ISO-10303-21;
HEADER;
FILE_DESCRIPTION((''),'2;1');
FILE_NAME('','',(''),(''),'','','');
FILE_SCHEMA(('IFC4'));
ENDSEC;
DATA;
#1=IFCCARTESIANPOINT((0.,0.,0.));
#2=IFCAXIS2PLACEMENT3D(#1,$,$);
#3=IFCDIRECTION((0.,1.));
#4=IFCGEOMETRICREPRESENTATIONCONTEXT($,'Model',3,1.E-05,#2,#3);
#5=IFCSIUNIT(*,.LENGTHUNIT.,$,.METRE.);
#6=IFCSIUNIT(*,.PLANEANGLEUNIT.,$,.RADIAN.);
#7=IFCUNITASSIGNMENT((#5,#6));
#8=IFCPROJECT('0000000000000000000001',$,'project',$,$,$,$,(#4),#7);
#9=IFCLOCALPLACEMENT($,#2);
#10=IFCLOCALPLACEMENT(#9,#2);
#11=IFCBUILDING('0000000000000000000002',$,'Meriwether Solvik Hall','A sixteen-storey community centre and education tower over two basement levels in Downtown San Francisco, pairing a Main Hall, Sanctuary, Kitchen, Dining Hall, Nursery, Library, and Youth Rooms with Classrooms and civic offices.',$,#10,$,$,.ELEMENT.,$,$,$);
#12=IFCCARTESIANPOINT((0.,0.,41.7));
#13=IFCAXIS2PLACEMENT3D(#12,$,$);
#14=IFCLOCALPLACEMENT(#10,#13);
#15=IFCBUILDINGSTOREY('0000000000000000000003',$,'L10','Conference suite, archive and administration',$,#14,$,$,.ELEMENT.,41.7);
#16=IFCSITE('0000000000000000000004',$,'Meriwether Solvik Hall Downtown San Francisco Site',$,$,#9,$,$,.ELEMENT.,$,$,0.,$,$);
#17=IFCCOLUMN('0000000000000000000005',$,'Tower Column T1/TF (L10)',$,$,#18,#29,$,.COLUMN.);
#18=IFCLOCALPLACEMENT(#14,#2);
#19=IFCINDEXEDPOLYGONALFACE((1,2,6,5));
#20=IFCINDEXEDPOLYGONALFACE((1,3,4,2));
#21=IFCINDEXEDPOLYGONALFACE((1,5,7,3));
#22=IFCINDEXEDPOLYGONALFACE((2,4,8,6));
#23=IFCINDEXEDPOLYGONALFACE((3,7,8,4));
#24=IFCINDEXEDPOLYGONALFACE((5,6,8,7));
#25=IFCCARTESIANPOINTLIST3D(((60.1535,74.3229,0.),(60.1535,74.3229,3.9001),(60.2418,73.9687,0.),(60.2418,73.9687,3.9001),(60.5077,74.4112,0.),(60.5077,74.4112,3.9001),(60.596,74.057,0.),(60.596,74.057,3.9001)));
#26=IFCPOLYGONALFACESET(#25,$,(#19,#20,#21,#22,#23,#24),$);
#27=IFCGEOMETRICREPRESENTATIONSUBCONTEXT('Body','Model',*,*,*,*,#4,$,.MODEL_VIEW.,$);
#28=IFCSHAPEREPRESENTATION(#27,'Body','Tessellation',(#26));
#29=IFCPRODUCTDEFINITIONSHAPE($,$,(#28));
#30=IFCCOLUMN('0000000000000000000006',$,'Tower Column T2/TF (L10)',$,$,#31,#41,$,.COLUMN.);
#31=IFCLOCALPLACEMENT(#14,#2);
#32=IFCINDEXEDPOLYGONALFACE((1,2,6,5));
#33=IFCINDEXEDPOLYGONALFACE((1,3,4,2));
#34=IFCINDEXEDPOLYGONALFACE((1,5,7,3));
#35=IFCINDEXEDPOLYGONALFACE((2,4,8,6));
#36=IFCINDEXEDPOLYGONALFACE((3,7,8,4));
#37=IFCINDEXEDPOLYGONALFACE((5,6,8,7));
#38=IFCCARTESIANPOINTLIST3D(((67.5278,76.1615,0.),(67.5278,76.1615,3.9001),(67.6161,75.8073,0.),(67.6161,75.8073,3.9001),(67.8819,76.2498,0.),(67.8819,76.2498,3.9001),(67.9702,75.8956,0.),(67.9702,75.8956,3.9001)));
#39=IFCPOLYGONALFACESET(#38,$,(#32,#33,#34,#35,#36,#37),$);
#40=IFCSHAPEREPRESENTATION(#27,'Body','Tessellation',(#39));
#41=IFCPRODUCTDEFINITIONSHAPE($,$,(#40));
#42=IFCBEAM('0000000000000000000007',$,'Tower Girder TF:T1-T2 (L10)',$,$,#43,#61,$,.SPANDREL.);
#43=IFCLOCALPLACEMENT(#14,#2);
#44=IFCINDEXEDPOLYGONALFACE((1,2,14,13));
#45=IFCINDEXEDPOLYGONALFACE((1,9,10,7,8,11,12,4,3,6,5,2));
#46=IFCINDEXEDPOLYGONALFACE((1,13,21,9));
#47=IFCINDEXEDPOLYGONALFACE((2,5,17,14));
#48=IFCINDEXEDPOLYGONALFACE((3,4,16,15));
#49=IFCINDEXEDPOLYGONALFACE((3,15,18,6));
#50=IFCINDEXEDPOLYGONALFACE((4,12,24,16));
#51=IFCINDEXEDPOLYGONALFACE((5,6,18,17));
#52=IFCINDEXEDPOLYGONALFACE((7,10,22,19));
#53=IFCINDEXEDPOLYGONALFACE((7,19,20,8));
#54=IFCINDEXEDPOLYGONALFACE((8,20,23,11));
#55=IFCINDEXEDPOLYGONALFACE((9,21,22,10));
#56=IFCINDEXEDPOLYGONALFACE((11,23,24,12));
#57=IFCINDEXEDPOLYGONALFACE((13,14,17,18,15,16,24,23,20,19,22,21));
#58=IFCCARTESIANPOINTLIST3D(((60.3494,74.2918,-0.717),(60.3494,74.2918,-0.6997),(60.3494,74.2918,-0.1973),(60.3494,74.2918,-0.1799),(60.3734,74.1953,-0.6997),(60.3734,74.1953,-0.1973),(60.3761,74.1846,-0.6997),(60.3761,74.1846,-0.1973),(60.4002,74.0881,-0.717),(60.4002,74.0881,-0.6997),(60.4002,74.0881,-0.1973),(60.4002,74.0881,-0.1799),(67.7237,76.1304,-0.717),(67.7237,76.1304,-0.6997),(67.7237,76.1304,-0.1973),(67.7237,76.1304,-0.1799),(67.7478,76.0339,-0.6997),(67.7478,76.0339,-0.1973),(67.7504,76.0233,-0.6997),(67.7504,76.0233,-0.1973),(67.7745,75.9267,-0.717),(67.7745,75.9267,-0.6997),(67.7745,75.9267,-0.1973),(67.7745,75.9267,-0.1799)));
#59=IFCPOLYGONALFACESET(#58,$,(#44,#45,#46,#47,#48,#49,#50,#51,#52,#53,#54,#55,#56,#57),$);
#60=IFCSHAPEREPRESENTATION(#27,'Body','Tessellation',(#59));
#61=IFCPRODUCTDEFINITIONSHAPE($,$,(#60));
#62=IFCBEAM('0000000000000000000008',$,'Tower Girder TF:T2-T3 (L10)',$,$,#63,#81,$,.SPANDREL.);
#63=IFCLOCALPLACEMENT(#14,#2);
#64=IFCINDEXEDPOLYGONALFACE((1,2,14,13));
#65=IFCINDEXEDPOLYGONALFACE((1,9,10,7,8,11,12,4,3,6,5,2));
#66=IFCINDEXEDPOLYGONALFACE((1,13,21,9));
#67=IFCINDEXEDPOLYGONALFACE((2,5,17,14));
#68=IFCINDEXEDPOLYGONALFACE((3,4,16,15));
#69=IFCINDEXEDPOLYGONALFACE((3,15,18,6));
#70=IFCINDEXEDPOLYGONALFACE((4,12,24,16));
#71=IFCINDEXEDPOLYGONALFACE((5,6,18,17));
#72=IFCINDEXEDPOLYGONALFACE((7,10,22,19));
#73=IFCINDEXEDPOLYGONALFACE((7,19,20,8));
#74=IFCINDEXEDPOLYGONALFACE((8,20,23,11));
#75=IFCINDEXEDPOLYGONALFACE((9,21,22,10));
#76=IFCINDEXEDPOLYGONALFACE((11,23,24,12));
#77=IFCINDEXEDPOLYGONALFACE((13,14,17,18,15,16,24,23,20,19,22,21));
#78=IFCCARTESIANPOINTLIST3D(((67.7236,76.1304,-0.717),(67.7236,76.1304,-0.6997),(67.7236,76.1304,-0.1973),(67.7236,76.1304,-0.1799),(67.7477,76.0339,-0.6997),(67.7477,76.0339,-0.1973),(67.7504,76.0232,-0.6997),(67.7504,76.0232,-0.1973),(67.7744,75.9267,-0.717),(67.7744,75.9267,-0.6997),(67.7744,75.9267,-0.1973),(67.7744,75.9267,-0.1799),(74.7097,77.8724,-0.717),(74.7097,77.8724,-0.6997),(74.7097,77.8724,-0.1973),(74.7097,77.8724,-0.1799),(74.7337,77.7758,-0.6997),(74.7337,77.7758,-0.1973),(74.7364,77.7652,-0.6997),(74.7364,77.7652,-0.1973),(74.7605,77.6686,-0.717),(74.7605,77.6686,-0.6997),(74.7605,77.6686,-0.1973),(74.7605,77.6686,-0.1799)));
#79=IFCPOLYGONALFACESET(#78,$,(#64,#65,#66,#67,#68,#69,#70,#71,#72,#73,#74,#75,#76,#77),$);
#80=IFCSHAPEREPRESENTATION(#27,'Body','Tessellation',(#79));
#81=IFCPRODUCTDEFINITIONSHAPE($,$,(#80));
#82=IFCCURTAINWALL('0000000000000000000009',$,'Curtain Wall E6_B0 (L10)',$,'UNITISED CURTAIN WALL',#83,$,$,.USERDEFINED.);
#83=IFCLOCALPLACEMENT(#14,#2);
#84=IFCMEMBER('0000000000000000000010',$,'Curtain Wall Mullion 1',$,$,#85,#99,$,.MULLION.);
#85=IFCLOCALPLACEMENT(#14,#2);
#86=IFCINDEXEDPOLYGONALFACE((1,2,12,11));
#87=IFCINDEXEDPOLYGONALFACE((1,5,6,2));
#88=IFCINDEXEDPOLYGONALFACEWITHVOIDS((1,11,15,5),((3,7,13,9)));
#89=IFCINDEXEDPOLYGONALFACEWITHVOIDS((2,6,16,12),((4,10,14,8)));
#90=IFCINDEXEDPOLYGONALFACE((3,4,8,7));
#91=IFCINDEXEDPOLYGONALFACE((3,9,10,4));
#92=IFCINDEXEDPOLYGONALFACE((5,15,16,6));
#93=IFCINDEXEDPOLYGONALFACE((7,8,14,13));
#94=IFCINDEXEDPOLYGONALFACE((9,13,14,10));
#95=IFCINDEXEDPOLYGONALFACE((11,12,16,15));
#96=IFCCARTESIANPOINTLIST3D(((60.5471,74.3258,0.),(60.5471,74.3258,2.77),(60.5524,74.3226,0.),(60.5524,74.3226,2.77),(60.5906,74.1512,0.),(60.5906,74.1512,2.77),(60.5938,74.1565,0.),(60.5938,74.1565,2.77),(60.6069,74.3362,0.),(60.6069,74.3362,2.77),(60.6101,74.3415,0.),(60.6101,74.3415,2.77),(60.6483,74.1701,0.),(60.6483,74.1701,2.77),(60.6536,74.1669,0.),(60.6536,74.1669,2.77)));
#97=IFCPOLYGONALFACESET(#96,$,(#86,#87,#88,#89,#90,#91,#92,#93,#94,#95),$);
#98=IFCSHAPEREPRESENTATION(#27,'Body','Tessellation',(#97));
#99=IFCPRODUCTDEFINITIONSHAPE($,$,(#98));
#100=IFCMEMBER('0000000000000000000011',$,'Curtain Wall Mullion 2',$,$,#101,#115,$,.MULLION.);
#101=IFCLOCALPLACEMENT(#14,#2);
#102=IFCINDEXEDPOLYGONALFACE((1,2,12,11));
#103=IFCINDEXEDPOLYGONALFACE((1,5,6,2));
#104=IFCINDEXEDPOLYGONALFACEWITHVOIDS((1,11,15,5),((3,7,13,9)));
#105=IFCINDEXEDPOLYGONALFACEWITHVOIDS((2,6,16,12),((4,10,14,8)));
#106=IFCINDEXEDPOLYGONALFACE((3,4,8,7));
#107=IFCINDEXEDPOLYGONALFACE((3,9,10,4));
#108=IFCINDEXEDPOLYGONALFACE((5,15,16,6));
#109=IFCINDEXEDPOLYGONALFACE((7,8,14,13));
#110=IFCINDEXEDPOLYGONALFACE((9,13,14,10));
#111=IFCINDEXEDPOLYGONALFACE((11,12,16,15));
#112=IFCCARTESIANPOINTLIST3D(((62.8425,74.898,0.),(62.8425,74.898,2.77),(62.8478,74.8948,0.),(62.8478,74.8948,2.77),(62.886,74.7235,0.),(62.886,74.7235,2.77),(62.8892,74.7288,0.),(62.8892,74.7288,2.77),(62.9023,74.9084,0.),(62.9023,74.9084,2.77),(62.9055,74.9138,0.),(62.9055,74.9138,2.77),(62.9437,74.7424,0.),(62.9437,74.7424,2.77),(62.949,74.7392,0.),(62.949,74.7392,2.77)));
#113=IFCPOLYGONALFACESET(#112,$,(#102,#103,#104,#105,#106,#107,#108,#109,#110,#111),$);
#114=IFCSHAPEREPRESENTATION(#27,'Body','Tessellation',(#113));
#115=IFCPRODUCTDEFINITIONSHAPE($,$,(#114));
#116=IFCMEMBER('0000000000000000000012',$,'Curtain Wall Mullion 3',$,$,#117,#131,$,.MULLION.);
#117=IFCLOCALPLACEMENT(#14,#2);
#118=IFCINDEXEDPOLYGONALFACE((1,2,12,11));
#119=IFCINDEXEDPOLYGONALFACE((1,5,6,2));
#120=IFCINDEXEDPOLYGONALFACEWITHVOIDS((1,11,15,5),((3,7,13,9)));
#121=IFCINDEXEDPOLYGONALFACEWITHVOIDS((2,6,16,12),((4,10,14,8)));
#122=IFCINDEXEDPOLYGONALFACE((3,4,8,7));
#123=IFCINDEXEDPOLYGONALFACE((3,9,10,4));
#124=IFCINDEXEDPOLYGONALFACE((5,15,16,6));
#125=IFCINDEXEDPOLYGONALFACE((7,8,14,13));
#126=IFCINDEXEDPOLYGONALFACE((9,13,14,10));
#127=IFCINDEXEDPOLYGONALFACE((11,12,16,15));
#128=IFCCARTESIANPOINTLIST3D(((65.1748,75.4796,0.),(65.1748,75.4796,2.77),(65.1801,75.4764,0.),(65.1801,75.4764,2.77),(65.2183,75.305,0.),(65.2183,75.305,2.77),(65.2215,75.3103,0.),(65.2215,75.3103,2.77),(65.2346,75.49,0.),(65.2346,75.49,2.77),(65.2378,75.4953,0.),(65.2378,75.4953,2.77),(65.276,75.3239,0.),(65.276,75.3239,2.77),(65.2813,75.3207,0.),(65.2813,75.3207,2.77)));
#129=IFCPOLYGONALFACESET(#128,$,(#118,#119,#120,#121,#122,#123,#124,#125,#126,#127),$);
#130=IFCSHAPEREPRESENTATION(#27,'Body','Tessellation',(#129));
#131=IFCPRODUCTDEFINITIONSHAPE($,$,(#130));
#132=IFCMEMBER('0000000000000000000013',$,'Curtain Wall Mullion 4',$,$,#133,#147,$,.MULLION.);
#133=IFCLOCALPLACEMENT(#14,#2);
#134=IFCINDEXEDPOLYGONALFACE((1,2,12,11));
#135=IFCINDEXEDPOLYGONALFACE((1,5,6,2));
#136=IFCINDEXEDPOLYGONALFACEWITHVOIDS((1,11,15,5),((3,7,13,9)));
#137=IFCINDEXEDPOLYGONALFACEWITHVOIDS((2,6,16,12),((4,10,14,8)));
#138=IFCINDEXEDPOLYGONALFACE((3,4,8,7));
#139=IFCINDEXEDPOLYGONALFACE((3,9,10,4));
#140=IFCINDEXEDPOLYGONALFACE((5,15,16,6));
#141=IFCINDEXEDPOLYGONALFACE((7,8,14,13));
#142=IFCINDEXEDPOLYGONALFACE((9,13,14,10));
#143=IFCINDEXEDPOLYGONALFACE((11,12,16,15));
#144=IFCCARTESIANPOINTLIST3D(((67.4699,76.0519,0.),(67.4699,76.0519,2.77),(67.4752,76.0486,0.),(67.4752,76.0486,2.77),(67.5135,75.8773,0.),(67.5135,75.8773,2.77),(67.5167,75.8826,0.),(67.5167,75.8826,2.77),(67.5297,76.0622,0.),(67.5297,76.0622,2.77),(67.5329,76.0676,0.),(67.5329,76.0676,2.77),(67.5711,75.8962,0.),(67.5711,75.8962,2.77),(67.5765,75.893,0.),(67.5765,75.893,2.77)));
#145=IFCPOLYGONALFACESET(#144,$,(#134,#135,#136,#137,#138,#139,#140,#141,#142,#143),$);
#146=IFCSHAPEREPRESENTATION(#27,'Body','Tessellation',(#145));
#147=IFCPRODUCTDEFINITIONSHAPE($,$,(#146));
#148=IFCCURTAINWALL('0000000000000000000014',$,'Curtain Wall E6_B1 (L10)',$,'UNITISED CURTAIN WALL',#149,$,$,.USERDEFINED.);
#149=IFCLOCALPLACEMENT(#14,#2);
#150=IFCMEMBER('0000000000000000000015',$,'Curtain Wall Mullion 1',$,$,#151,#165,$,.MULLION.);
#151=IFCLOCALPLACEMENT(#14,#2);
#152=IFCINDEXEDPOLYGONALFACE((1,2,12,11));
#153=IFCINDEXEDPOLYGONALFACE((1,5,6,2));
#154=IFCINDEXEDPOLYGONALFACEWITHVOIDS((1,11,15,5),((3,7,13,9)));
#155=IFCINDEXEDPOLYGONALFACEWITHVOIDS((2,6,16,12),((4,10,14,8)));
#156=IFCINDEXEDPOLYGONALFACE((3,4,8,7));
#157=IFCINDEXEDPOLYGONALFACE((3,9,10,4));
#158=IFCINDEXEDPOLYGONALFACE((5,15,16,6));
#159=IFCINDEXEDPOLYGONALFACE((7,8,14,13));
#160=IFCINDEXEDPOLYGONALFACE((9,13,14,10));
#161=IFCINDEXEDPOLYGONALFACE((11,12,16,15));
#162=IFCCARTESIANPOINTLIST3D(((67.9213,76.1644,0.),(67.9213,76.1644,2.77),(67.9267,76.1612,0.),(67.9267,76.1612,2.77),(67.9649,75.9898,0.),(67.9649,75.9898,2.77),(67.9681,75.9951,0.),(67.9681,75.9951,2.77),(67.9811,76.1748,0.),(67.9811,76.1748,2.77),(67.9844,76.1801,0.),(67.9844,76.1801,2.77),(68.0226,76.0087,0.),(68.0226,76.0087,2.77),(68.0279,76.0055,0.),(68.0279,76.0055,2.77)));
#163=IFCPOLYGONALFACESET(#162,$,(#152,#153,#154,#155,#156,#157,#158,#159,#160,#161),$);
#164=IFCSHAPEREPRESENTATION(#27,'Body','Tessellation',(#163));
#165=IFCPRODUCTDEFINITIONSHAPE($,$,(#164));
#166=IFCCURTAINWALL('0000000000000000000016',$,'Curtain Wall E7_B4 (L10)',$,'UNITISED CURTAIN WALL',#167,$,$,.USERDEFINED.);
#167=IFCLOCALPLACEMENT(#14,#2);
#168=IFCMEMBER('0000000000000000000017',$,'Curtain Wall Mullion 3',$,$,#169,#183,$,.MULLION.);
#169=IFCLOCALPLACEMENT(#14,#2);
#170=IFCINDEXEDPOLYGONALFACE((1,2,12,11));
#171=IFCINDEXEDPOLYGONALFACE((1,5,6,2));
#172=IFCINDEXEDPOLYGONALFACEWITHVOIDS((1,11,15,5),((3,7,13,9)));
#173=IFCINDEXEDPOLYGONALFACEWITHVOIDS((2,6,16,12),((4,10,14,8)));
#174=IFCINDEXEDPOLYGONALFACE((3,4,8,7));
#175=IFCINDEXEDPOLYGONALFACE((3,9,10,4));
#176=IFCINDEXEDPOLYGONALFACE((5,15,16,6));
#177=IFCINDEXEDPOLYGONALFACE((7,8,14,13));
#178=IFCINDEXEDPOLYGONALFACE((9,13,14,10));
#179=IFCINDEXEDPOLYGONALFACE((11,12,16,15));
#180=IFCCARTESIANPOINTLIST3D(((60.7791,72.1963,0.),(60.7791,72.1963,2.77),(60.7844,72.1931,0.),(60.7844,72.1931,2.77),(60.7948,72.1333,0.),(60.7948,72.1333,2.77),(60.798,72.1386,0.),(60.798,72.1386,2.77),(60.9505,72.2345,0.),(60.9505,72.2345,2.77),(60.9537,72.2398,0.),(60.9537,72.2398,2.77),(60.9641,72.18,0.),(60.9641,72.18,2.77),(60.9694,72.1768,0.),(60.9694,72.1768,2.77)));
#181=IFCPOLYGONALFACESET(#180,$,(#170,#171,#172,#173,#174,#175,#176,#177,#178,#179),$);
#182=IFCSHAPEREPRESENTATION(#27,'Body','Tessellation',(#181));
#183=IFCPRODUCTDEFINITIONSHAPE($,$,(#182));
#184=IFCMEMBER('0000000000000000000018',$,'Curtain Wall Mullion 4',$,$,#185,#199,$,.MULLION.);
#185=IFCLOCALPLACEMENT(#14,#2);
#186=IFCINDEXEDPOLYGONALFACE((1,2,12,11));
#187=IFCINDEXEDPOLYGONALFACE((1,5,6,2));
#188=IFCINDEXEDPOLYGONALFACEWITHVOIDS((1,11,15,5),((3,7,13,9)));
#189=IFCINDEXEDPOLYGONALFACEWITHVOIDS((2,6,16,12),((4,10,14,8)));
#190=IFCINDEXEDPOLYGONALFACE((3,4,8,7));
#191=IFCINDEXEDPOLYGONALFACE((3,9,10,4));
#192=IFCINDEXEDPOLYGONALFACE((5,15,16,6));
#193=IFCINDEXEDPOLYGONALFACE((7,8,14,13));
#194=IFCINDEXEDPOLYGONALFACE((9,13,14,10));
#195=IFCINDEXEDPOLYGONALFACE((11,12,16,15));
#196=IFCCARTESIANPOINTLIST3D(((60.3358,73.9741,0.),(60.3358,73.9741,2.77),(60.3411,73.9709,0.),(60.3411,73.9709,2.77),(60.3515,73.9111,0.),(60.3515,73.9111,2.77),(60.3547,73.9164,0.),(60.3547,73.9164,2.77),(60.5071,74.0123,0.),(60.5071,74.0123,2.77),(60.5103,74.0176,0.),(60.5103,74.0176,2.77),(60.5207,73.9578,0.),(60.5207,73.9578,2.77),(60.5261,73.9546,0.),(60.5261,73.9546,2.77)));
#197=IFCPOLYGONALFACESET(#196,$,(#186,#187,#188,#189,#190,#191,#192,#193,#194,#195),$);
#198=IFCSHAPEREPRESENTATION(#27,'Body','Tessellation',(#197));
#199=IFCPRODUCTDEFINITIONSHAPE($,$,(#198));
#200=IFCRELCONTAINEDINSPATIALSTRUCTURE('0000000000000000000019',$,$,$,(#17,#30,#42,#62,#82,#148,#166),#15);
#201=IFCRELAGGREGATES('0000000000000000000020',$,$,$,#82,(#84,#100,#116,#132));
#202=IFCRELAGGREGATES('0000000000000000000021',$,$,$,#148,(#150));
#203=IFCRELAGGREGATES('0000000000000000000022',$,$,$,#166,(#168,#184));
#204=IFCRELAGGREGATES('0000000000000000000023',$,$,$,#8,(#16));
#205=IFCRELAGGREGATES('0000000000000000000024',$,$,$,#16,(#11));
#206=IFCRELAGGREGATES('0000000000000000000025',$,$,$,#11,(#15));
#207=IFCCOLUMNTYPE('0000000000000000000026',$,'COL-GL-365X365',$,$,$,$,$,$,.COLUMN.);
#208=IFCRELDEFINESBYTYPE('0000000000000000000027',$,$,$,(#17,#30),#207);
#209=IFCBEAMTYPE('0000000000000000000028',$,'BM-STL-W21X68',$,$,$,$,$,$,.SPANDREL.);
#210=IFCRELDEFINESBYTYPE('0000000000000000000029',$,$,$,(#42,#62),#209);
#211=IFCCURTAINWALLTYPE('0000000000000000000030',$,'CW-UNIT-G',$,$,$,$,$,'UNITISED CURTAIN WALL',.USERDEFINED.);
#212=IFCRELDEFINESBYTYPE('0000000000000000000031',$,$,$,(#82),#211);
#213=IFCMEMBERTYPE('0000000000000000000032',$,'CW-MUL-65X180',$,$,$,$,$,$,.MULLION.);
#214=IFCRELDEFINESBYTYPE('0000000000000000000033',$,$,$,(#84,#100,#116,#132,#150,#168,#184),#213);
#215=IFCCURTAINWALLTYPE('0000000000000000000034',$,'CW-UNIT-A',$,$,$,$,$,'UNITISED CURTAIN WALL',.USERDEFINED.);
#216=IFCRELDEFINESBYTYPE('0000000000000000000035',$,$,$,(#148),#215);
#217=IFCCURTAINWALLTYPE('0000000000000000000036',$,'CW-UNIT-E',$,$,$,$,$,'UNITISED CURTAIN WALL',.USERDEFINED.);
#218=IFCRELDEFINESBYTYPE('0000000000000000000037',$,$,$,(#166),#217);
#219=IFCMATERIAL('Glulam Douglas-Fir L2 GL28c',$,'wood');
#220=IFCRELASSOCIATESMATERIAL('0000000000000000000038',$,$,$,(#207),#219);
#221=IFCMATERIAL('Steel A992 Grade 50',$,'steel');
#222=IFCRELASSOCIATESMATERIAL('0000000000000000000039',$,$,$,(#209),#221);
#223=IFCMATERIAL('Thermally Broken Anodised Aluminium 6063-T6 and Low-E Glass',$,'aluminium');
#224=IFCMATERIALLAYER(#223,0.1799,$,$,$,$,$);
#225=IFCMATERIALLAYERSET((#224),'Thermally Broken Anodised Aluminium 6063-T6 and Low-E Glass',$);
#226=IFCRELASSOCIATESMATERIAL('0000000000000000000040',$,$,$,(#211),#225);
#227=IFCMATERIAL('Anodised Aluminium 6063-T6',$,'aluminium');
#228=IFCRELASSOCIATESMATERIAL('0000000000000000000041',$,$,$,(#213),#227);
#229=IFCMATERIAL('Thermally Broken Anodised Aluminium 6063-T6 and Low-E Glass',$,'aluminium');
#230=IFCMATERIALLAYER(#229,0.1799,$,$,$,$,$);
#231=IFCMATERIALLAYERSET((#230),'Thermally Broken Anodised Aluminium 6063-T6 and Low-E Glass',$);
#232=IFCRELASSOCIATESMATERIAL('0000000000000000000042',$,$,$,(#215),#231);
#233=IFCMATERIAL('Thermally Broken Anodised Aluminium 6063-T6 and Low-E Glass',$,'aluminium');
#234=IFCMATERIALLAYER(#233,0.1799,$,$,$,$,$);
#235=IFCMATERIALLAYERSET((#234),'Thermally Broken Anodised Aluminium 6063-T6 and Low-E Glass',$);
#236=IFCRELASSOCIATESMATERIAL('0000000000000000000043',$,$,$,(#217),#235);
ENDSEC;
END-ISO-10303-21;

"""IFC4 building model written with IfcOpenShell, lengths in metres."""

from ifc_helpers import new_model, si_unit, direction, frame, origin, origin_2d, place, context, subcontext, project, spatial, rectangle, hollow_rectangle, i_section, extrude, material, layer, layer_set, material_profile, profile_set, type_object, element, aggregate, save


model = new_model("IFC4")

# Units and contexts
model_context = context("Model", 3, precision=1e-05, world=origin(), true_north=direction((0.0, 1.0)))
body_context = subcontext(model_context, "Body", "Model", "MODEL_VIEW")
ifc_project = project(units=[si_unit("LENGTHUNIT", "METRE"), si_unit("PLANEANGLEUNIT", "RADIAN")], contexts=[model_context])

# Site, building, storey
site_placement = place(None, origin())
site = spatial("IfcSite", under=ifc_project, at=site_placement, Name="Meriwether Solvik Hall Downtown San Francisco Site", CompositionType="ELEMENT", RefElevation=0.0)
building_placement = place(site_placement, origin())
building = spatial("IfcBuilding", under=site, at=building_placement, Name="Meriwether Solvik Hall", Description="A sixteen-storey community centre and education tower over two basement levels in Downtown San Francisco, pairing a Main Hall, Sanctuary, Kitchen, Dining Hall, Nursery, Library, and Youth Rooms with Classrooms and civic offices.", CompositionType="ELEMENT")
storey_placement = place(building_placement, frame((0.0, 0.0, 41.7)))
storey = spatial("IfcBuildingStorey", under=building, at=storey_placement, Name="L10", Description="Conference suite, archive and administration", CompositionType="ELEMENT", Elevation=41.7)

# Columns
ifc_material_1 = material(Name="Glulam Douglas-Fir L2 GL28c", Category="wood")
ifc_material_profile_1 = material_profile(ifc_material_1, rectangle(XDim=0.365, YDim=0.365, at=origin_2d()), Name="GLC-365X365")
ifc_profile_set_1 = profile_set([ifc_material_profile_1], Name="Glulam Douglas-Fir L2 GL28c")
column_type = type_object("IfcColumnType", Name="COL-GL-365X365", PredefinedType="COLUMN", material=ifc_profile_set_1)
for number, where, z_axis, x_axis, name in (
    (1, (60.3748, 74.1899, 0.0), (0.0, 0.0, 1.0), (0.970296, 0.241922, 0.0), "Tower Column T1/TF (L10)"),
    (2, (67.749, 76.0286, 0.0), (0.0, 0.0, 1.0), (0.970296, 0.241922, 0.0), "Tower Column T2/TF (L10)"),
):
    element("IfcColumn", number, at=place(storey_placement, frame(where, z_axis=z_axis, x_axis=x_axis)), inside=storey, type_object=column_type, Name=name, PredefinedType="COLUMN", context=body_context, shape_type="SweptSolid", body=[
        extrude(rectangle(XDim=0.365, YDim=0.365, at=origin_2d()), origin(), (0.0, 0.0, 1.0), 3.9001),
    ])

# Beams
ifc_material_2 = material(Name="Steel A992 Grade 50", Category="steel")
ifc_material_profile_2 = material_profile(ifc_material_2, i_section(OverallWidth=0.21, OverallDepth=0.5371, WebThickness=0.011, FlangeThickness=0.0173, at=origin_2d()), Name="W21X68")
ifc_profile_set_2 = profile_set([ifc_material_profile_2], Name="Steel A992 Grade 50")
beam_type = type_object("IfcBeamType", Name="BM-STL-W21X68", PredefinedType="SPANDREL", material=ifc_profile_set_2)
beam_1_placement = place(storey_placement, frame((60.3748, 74.1899, -0.4485), z_axis=(0.970295, 0.241923, 0.0), x_axis=(-0.241923, 0.970295, 0.0)))
element("IfcBeam", 3, at=beam_1_placement, inside=storey, type_object=beam_type, Name="Tower Girder TF:T1-T2 (L10)", PredefinedType="SPANDREL", context=body_context, shape_type="SweptSolid", body=[
    extrude(i_section(OverallWidth=0.21, OverallDepth=0.5371, WebThickness=0.011, FlangeThickness=0.0173, at=origin_2d()), origin(), (0.0, 0.0, 1.0), 7.6001),
])
beam_2_placement = place(storey_placement, frame((67.749, 76.0286, -0.4485), z_axis=(0.970292, 0.241937, 0.0), x_axis=(-0.241937, 0.970292, 0.0)))
element("IfcBeam", 4, at=beam_2_placement, inside=storey, type_object=beam_type, Name="Tower Girder TF:T2-T3 (L10)", PredefinedType="SPANDREL", context=body_context, shape_type="SweptSolid", body=[
    extrude(i_section(OverallWidth=0.21, OverallDepth=0.5371, WebThickness=0.011, FlangeThickness=0.0173, at=origin_2d()), origin(), (0.0, 0.0, 1.0), 7.2),
])

# Curtain wall, members
ifc_material_3 = material(Name="Thermally Broken Anodised Aluminium 6063-T6 and Low-E Glass", Category="aluminium")
ifc_layer_1 = layer(ifc_material_3, 0.1799)
ifc_layer_set_1 = layer_set([ifc_layer_1], Name="Thermally Broken Anodised Aluminium 6063-T6 and Low-E Glass")
curtain_wall_type_1 = type_object("IfcCurtainWallType", Name="CW-UNIT-G", ElementType="UNITISED CURTAIN WALL", PredefinedType="USERDEFINED", material=ifc_layer_set_1)
curtain_wall_1_placement = place(storey_placement, origin())
curtain_wall_1 = element("IfcCurtainWall", 5, at=curtain_wall_1_placement, inside=storey, type_object=curtain_wall_type_1, Name="Curtain Wall E6_B0 (L10)", ObjectType="UNITISED CURTAIN WALL", PredefinedType="USERDEFINED")
ifc_material_4 = material(Name="Anodised Aluminium 6063-T6", Category="aluminium")
ifc_material_profile_3 = material_profile(ifc_material_4, hollow_rectangle(XDim=0.0649, YDim=0.1799, WallThickness=0.0044, at=origin_2d()), Name="CWM-65X180")
ifc_profile_set_3 = profile_set([ifc_material_profile_3], Name="Anodised Aluminium 6063-T6")
member_type_1 = type_object("IfcMemberType", Name="CW-MUL-65X180", PredefinedType="MULLION", material=ifc_profile_set_3)
member_1_placement = place(storey_placement, frame((60.6003, 74.2463, 0.0), z_axis=(0.0, 0.0, 1.0), x_axis=(0.970296, 0.241922, 0.0)))
member_1 = element("IfcMember", 6, at=member_1_placement, type_object=member_type_1, Name="Curtain Wall Mullion 1", PredefinedType="MULLION", context=body_context, shape_type="SweptSolid", body=[
    extrude(hollow_rectangle(XDim=0.0649, YDim=0.1799, WallThickness=0.0044, at=origin_2d()), origin(), (0.0, 0.0, 1.0), 2.77),
])
member_2_placement = place(storey_placement, frame((62.8958, 74.8186, 0.0), z_axis=(0.0, 0.0, 1.0), x_axis=(0.970296, 0.241922, 0.0)))
member_2 = element("IfcMember", 7, at=member_2_placement, type_object=member_type_1, Name="Curtain Wall Mullion 2", PredefinedType="MULLION", context=body_context, shape_type="SweptSolid", body=[
    extrude(hollow_rectangle(XDim=0.0649, YDim=0.1799, WallThickness=0.0044, at=origin_2d()), origin(), (0.0, 0.0, 1.0), 2.77),
])
member_3_placement = place(storey_placement, frame((65.228, 75.4001, 0.0), z_axis=(0.0, 0.0, 1.0), x_axis=(0.970296, 0.241922, 0.0)))
member_3 = element("IfcMember", 8, at=member_3_placement, type_object=member_type_1, Name="Curtain Wall Mullion 3", PredefinedType="MULLION", context=body_context, shape_type="SweptSolid", body=[
    extrude(hollow_rectangle(XDim=0.0649, YDim=0.1799, WallThickness=0.0044, at=origin_2d()), origin(), (0.0, 0.0, 1.0), 2.77),
])
member_4_placement = place(storey_placement, frame((67.5232, 75.9724, 0.0), z_axis=(0.0, 0.0, 1.0), x_axis=(0.970296, 0.241922, 0.0)))
member_4 = element("IfcMember", 9, at=member_4_placement, type_object=member_type_1, Name="Curtain Wall Mullion 4", PredefinedType="MULLION", context=body_context, shape_type="SweptSolid", body=[
    extrude(hollow_rectangle(XDim=0.0649, YDim=0.1799, WallThickness=0.0044, at=origin_2d()), origin(), (0.0, 0.0, 1.0), 2.77),
])

# Curtain wall, member
ifc_material_5 = material(Name="Thermally Broken Anodised Aluminium 6063-T6 and Low-E Glass", Category="aluminium")
ifc_layer_2 = layer(ifc_material_5, 0.1799)
ifc_layer_set_2 = layer_set([ifc_layer_2], Name="Thermally Broken Anodised Aluminium 6063-T6 and Low-E Glass")
curtain_wall_type_2 = type_object("IfcCurtainWallType", Name="CW-UNIT-A", ElementType="UNITISED CURTAIN WALL", PredefinedType="USERDEFINED", material=ifc_layer_set_2)
curtain_wall_2_placement = place(storey_placement, origin())
curtain_wall_2 = element("IfcCurtainWall", 10, at=curtain_wall_2_placement, inside=storey, type_object=curtain_wall_type_2, Name="Curtain Wall E6_B1 (L10)", ObjectType="UNITISED CURTAIN WALL", PredefinedType="USERDEFINED")
member_5_placement = place(storey_placement, frame((67.9746, 76.085, 0.0), z_axis=(0.0, 0.0, 1.0), x_axis=(0.970296, 0.241922, 0.0)))
member_5 = element("IfcMember", 11, at=member_5_placement, type_object=member_type_1, Name="Curtain Wall Mullion 1", PredefinedType="MULLION", context=body_context, shape_type="SweptSolid", body=[
    extrude(hollow_rectangle(XDim=0.0649, YDim=0.1799, WallThickness=0.0044, at=origin_2d()), origin(), (0.0, 0.0, 1.0), 2.77),
])

# Curtain wall, members
ifc_material_6 = material(Name="Thermally Broken Anodised Aluminium 6063-T6 and Low-E Glass", Category="aluminium")
ifc_layer_3 = layer(ifc_material_6, 0.1799)
ifc_layer_set_3 = layer_set([ifc_layer_3], Name="Thermally Broken Anodised Aluminium 6063-T6 and Low-E Glass")
curtain_wall_type_3 = type_object("IfcCurtainWallType", Name="CW-UNIT-E", ElementType="UNITISED CURTAIN WALL", PredefinedType="USERDEFINED", material=ifc_layer_set_3)
curtain_wall_3_placement = place(storey_placement, origin())
curtain_wall_3 = element("IfcCurtainWall", 12, at=curtain_wall_3_placement, inside=storey, type_object=curtain_wall_type_3, Name="Curtain Wall E7_B4 (L10)", ObjectType="UNITISED CURTAIN WALL", PredefinedType="USERDEFINED")
member_6_placement = place(storey_placement, frame((60.8743, 72.1865, 0.0), z_axis=(0.0, 0.0, 1.0), x_axis=(-0.241922, 0.970296, 0.0)))
member_6 = element("IfcMember", 13, at=member_6_placement, type_object=member_type_1, Name="Curtain Wall Mullion 3", PredefinedType="MULLION", context=body_context, shape_type="SweptSolid", body=[
    extrude(hollow_rectangle(XDim=0.0649, YDim=0.1799, WallThickness=0.0044, at=origin_2d()), origin(), (0.0, 0.0, 1.0), 2.77),
])
member_7_placement = place(storey_placement, frame((60.4309, 73.9644, 0.0), z_axis=(0.0, 0.0, 1.0), x_axis=(-0.241922, 0.970296, 0.0)))
member_7 = element("IfcMember", 14, at=member_7_placement, type_object=member_type_1, Name="Curtain Wall Mullion 4", PredefinedType="MULLION", context=body_context, shape_type="SweptSolid", body=[
    extrude(hollow_rectangle(XDim=0.0649, YDim=0.1799, WallThickness=0.0044, at=origin_2d()), origin(), (0.0, 0.0, 1.0), 2.77),
])

aggregate(curtain_wall_1, [member_1, member_2, member_3, member_4])
aggregate(curtain_wall_2, [member_5])
aggregate(curtain_wall_3, [member_6, member_7])

save(model, "model.ifc")
